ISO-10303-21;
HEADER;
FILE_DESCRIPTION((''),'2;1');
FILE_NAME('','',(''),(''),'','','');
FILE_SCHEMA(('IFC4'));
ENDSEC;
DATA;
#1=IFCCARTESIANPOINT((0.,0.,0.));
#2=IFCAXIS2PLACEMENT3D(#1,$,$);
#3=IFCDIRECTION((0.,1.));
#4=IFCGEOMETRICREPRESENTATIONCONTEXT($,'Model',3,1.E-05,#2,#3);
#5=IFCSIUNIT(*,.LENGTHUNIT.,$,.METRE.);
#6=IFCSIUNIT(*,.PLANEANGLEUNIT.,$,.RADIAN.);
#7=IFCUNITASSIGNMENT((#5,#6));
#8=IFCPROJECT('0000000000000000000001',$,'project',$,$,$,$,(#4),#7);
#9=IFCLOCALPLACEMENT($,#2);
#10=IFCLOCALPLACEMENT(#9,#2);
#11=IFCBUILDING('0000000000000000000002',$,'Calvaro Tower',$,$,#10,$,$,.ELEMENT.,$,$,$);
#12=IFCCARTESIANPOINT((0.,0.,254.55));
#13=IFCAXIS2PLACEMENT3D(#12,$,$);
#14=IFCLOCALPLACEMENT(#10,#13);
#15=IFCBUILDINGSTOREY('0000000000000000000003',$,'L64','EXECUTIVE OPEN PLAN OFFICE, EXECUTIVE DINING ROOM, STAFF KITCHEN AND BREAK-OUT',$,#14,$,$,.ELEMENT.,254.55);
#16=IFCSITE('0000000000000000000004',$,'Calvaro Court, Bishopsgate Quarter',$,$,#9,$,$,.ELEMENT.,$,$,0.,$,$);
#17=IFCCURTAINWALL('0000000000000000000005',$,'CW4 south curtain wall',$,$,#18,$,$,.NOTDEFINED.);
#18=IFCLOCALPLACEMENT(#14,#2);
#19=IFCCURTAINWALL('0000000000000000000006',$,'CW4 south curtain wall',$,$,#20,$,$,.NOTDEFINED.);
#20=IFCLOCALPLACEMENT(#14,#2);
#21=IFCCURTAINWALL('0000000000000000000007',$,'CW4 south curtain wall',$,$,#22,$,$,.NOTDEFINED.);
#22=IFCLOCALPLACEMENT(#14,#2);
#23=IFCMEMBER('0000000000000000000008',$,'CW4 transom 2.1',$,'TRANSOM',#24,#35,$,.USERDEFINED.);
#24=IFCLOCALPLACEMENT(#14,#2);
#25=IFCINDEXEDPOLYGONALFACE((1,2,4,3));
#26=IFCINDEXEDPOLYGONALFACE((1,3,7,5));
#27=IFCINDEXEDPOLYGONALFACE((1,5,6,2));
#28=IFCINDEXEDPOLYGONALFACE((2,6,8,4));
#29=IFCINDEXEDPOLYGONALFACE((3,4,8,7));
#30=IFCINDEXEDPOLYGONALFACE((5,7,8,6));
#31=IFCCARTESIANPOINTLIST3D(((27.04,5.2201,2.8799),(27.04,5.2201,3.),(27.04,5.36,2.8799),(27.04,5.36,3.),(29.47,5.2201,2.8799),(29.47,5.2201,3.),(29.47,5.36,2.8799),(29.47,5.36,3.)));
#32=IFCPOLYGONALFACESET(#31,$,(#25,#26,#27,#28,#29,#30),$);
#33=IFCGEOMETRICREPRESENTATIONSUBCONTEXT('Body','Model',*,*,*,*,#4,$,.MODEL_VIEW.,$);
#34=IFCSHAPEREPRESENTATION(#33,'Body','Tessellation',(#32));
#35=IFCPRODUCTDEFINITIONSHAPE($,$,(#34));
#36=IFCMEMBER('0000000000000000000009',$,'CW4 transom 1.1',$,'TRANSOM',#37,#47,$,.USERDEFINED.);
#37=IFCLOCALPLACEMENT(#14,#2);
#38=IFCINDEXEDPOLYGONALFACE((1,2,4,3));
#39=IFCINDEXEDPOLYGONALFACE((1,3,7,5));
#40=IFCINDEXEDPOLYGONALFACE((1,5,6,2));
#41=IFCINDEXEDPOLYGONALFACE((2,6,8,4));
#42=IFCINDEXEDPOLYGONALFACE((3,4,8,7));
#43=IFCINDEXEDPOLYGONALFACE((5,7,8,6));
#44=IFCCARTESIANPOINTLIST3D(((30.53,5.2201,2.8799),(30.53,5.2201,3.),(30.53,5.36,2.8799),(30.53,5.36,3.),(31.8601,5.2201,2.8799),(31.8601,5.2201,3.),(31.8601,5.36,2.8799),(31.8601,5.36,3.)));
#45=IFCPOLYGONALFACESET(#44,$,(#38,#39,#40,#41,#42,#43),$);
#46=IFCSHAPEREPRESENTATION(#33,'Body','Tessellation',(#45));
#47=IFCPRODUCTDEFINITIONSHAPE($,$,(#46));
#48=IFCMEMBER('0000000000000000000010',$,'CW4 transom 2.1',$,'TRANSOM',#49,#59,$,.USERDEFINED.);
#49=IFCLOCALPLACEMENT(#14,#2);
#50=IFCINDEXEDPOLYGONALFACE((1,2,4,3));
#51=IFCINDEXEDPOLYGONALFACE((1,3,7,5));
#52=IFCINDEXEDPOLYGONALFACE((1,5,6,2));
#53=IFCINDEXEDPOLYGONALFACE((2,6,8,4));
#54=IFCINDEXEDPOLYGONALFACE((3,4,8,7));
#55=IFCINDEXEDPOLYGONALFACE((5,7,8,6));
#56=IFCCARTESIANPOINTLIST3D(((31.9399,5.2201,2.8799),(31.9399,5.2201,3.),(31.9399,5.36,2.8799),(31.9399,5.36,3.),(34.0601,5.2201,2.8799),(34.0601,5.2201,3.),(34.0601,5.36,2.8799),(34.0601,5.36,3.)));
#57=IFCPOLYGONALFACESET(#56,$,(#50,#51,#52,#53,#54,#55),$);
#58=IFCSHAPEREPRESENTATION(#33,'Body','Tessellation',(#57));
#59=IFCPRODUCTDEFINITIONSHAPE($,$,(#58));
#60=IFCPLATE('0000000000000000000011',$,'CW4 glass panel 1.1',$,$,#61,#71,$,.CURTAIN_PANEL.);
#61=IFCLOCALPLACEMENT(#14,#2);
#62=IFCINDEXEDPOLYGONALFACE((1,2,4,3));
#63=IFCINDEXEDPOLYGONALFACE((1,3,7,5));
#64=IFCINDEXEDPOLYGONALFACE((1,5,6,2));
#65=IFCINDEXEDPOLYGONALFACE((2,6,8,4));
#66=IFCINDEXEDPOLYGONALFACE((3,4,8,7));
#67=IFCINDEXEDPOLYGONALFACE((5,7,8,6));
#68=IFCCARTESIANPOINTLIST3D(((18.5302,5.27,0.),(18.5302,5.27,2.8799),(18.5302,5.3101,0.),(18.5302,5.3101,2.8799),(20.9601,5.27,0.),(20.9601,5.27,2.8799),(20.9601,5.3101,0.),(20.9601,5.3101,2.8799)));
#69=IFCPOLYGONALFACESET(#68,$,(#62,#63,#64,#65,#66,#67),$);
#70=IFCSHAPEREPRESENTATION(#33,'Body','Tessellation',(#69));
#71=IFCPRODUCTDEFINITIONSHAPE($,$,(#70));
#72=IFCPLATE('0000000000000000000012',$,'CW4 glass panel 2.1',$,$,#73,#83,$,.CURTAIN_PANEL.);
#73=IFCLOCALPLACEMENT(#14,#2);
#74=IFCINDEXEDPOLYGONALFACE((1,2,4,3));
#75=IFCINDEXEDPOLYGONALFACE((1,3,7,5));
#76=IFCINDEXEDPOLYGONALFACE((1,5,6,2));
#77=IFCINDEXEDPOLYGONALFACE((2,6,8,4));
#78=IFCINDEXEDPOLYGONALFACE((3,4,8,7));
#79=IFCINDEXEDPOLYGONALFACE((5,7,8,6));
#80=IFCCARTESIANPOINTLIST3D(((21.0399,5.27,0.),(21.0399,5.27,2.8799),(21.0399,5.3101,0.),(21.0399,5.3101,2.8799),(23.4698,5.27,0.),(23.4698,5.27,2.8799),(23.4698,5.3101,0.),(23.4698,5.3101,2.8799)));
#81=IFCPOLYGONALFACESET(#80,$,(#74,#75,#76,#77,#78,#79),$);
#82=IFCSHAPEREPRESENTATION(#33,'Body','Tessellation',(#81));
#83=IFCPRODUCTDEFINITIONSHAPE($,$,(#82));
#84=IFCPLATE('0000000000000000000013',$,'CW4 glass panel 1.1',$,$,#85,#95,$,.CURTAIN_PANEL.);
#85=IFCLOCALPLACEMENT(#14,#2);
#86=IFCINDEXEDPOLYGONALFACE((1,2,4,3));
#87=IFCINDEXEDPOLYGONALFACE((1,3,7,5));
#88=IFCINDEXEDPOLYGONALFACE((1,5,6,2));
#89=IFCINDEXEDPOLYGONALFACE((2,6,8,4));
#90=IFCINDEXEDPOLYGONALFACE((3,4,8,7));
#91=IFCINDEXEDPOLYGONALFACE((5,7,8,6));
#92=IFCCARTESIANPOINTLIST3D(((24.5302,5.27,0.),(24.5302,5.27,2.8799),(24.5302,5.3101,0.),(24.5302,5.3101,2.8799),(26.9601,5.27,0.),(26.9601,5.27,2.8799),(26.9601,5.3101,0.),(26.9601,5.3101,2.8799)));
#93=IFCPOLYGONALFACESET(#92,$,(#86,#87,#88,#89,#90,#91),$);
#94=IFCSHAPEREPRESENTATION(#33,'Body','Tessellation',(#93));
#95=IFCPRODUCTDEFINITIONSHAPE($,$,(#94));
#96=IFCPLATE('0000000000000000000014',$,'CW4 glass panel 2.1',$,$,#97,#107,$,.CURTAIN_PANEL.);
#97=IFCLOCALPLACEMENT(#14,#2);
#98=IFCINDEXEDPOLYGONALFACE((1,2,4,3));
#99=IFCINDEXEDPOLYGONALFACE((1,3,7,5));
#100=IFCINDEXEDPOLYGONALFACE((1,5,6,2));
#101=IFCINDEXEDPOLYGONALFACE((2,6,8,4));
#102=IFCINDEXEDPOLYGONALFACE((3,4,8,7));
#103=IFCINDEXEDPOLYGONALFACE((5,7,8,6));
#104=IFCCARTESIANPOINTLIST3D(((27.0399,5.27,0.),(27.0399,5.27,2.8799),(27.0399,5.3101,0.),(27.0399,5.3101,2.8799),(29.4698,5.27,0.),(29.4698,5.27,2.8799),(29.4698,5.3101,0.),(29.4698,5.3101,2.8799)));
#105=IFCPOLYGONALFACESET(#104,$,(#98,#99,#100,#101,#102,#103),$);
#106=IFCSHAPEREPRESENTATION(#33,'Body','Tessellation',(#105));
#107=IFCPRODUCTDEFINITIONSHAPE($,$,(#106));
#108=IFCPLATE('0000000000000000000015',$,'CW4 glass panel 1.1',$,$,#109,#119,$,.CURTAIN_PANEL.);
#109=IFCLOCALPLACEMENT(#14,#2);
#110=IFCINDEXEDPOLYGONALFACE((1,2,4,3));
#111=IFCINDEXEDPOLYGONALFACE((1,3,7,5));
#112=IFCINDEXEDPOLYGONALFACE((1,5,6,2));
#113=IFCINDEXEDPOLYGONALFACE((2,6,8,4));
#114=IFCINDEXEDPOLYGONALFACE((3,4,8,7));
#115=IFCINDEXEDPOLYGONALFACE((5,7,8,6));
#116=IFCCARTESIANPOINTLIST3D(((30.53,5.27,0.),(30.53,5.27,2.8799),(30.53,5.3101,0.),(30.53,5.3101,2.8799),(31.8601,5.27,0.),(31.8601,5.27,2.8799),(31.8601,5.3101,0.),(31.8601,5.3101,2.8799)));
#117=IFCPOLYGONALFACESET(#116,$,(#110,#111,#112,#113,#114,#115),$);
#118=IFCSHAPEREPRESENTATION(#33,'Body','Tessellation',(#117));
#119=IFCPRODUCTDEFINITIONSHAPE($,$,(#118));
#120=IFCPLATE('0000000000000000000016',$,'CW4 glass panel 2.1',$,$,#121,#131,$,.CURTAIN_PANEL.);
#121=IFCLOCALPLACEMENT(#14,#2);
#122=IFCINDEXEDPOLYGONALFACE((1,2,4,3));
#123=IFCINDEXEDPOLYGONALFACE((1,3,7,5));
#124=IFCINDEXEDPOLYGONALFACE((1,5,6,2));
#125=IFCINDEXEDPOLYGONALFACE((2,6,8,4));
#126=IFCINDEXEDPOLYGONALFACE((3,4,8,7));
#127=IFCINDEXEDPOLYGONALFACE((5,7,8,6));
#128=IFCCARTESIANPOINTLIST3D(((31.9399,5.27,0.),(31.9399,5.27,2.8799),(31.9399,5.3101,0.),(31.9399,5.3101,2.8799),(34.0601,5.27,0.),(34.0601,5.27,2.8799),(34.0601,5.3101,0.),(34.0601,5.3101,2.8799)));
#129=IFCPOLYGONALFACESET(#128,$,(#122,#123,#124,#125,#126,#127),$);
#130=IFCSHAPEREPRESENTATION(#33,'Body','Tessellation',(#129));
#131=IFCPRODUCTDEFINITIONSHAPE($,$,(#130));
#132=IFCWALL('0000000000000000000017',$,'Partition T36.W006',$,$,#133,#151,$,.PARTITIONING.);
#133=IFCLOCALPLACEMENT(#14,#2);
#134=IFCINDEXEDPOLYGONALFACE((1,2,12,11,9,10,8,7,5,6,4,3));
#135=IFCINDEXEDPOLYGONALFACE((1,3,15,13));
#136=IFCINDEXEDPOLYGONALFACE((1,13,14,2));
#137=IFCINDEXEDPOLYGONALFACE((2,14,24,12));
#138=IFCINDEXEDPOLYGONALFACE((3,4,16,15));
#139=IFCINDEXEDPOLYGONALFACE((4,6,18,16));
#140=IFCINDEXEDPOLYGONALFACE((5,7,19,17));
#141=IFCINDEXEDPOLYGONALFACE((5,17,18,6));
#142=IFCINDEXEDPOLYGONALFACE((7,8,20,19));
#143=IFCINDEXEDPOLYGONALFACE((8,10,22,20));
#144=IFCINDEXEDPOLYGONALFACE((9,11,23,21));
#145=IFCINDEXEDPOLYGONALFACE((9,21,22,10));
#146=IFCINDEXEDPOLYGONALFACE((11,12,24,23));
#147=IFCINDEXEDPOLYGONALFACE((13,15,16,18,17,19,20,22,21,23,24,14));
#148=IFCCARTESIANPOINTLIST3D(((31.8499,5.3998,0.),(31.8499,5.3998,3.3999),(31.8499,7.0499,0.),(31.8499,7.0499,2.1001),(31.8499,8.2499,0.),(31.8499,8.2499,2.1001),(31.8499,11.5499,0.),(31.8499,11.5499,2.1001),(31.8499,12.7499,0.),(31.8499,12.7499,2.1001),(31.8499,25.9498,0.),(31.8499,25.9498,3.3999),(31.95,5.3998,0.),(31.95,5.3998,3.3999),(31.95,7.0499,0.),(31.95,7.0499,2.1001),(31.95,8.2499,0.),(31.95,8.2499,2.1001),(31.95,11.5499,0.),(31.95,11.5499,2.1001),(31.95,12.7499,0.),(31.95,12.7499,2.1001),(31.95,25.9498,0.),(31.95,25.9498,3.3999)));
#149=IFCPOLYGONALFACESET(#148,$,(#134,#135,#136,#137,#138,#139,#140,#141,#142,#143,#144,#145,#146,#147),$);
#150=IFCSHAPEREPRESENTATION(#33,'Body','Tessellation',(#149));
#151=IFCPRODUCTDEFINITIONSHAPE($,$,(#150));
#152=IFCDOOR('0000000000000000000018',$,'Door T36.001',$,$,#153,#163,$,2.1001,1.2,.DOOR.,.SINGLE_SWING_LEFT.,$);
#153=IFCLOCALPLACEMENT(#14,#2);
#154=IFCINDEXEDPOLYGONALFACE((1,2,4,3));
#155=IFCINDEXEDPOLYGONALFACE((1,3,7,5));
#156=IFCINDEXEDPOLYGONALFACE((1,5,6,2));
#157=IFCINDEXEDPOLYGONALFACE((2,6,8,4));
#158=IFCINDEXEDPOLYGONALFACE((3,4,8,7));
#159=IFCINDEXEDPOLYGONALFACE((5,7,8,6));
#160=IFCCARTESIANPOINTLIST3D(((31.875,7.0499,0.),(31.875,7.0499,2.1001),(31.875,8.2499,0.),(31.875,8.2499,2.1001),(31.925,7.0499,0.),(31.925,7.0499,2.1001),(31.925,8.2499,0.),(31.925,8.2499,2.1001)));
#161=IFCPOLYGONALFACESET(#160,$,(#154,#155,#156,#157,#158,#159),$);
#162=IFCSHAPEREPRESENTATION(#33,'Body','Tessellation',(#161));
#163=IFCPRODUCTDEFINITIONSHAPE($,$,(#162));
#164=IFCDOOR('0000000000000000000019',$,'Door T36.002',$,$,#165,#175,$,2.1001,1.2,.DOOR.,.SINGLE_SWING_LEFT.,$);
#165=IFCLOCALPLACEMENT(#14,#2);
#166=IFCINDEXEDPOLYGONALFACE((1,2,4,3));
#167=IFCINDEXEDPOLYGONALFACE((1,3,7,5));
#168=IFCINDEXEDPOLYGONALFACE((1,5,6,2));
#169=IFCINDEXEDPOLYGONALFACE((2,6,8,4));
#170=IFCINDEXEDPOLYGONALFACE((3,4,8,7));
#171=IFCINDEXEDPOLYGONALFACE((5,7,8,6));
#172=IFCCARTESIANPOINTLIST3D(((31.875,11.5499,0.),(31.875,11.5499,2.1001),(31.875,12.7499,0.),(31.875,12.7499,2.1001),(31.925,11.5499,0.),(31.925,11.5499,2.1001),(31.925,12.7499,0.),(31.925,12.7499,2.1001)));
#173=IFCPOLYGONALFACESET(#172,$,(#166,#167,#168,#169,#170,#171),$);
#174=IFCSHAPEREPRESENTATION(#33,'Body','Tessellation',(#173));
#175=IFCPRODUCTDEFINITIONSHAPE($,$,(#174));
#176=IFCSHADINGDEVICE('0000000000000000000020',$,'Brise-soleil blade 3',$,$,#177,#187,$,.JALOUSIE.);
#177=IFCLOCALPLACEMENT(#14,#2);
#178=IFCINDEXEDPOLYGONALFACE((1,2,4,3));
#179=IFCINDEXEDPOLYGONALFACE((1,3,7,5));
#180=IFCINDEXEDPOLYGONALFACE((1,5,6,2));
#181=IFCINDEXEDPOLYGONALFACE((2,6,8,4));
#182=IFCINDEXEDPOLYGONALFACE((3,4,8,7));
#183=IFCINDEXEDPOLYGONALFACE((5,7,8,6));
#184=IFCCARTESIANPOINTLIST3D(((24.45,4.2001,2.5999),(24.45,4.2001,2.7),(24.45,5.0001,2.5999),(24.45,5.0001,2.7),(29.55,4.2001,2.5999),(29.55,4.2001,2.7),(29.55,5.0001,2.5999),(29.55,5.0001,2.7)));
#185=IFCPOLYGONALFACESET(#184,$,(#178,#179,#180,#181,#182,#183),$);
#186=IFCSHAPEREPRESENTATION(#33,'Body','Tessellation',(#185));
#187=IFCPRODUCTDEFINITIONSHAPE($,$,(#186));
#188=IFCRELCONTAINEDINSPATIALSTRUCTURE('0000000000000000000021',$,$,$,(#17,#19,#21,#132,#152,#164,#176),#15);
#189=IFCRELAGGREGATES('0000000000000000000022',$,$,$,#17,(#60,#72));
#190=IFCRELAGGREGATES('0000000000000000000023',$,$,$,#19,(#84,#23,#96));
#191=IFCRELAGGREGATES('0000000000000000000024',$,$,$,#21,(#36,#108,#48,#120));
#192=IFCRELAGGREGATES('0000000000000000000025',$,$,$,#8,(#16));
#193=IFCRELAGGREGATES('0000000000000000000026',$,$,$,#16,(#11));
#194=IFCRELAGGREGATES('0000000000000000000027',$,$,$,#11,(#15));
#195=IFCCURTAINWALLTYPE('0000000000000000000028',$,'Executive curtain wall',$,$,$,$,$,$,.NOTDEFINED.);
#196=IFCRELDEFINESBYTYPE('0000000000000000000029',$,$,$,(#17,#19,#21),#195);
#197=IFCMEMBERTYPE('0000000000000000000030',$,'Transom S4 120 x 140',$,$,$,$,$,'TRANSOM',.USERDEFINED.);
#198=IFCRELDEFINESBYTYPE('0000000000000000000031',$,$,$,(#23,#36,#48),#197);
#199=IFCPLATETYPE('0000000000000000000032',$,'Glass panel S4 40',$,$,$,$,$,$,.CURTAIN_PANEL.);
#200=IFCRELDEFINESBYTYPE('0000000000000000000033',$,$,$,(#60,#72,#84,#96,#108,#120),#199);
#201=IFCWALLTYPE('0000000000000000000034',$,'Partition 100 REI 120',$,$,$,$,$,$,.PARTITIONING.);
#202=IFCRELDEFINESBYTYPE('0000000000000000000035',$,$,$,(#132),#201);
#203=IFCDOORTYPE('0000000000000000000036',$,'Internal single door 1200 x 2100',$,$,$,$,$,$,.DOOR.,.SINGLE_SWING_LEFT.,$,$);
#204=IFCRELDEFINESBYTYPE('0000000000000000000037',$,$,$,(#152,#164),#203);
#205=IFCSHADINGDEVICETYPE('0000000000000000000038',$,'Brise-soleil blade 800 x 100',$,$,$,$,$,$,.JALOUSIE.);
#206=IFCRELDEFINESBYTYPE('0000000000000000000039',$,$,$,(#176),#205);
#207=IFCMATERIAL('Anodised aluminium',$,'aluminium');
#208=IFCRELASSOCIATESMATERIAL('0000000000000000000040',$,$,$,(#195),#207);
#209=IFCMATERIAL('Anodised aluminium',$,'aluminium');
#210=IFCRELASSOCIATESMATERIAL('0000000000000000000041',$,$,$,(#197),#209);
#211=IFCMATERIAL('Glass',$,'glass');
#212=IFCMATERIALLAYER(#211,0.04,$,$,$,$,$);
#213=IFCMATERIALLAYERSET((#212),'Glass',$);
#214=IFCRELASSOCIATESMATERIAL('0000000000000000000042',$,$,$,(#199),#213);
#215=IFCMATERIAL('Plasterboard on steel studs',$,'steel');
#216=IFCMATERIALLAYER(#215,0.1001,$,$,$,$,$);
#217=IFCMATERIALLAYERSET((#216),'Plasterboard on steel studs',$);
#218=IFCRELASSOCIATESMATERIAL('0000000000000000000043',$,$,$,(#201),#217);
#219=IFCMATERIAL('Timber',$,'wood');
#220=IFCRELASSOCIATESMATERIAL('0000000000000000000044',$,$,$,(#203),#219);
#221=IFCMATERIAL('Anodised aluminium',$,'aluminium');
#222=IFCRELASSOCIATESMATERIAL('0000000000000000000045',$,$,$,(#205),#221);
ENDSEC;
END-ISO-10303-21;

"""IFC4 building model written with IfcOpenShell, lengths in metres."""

from ifc_helpers import new_model, si_unit, direction, frame, frame_2d, origin, origin_2d, place, context, subcontext, project, spatial, rectangle, extrude, material, layer, layer_set, material_profile, profile_set, type_object, element, fill, aggregate, save


model = new_model("IFC4")

# Units and contexts
model_context = context("Model", 3, precision=1e-05, world=origin(), true_north=direction((0.0, 1.0)))
body_context = subcontext(model_context, "Body", "Model", "MODEL_VIEW")
ifc_project = project(units=[si_unit("LENGTHUNIT", "METRE"), si_unit("PLANEANGLEUNIT", "RADIAN")], contexts=[model_context])

# Site, building, storey
site_placement = place(None, origin())
site = spatial("IfcSite", under=ifc_project, at=site_placement, Name="Calvaro Court, Bishopsgate Quarter", CompositionType="ELEMENT", RefElevation=0.0)
building_placement = place(site_placement, origin())
building = spatial("IfcBuilding", under=site, at=building_placement, Name="Calvaro Tower", CompositionType="ELEMENT")
storey_placement = place(building_placement, frame((0.0, 0.0, 254.55)))
storey = spatial("IfcBuildingStorey", under=building, at=storey_placement, Name="L64", Description="EXECUTIVE OPEN PLAN OFFICE, EXECUTIVE DINING ROOM, STAFF KITCHEN AND BREAK-OUT", CompositionType="ELEMENT", Elevation=254.55)

# Curtain walls
ifc_material_1 = material(Name="Anodised aluminium", Category="aluminium")
curtain_wall_type = type_object("IfcCurtainWallType", Name="Executive curtain wall", PredefinedType="NOTDEFINED", material=ifc_material_1)
curtain_wall_1_placement = place(storey_placement, origin())
curtain_wall_1 = element("IfcCurtainWall", 1, at=curtain_wall_1_placement, inside=storey, type_object=curtain_wall_type, Name="CW4 south curtain wall", PredefinedType="NOTDEFINED")
curtain_wall_2_placement = place(storey_placement, origin())
curtain_wall_2 = element("IfcCurtainWall", 2, at=curtain_wall_2_placement, inside=storey, type_object=curtain_wall_type, Name="CW4 south curtain wall", PredefinedType="NOTDEFINED")
curtain_wall_3_placement = place(storey_placement, origin())
curtain_wall_3 = element("IfcCurtainWall", 3, at=curtain_wall_3_placement, inside=storey, type_object=curtain_wall_type, Name="CW4 south curtain wall", PredefinedType="NOTDEFINED")

# Members
ifc_material_2 = material(Name="Anodised aluminium", Category="aluminium")
ifc_material_profile_1 = material_profile(ifc_material_2, rectangle(XDim=0.1399, YDim=0.1201, at=origin_2d()), Name="Transom S4 120 x 140")
ifc_profile_set_1 = profile_set([ifc_material_profile_1], Name="Anodised aluminium")
member_type_1 = type_object("IfcMemberType", Name="Transom S4 120 x 140", ElementType="TRANSOM", PredefinedType="USERDEFINED", material=ifc_profile_set_1)
member_1_placement = place(storey_placement, frame((27.04, 5.29, 2.9399), z_axis=(1.0, 0.0, 0.0), x_axis=(0.0, 1.0, 0.0)))
member_1 = element("IfcMember", 4, at=member_1_placement, type_object=member_type_1, Name="CW4 transom 2.1", ObjectType="TRANSOM", PredefinedType="USERDEFINED", context=body_context, shape_type="SweptSolid", body=[
    extrude(rectangle(XDim=0.1399, YDim=0.1201, at=origin_2d()), origin(), (0.0, 0.0, 1.0), 2.4299),
])
member_2_placement = place(storey_placement, frame((30.53, 5.29, 2.9399), z_axis=(1.0, 0.0, 0.0), x_axis=(0.0, 1.0, 0.0)))
member_2 = element("IfcMember", 5, at=member_2_placement, type_object=member_type_1, Name="CW4 transom 1.1", ObjectType="TRANSOM", PredefinedType="USERDEFINED", context=body_context, shape_type="SweptSolid", body=[
    extrude(rectangle(XDim=0.1399, YDim=0.1201, at=origin_2d()), origin(), (0.0, 0.0, 1.0), 1.3301),
])
member_3_placement = place(storey_placement, frame((31.9399, 5.29, 2.9399), z_axis=(1.0, 0.0, 0.0), x_axis=(0.0, 1.0, 0.0)))
member_3 = element("IfcMember", 6, at=member_3_placement, type_object=member_type_1, Name="CW4 transom 2.1", ObjectType="TRANSOM", PredefinedType="USERDEFINED", context=body_context, shape_type="SweptSolid", body=[
    extrude(rectangle(XDim=0.1399, YDim=0.1201, at=origin_2d()), origin(), (0.0, 0.0, 1.0), 2.1201),
])

# Plates
ifc_material_3 = material(Name="Glass", Category="glass")
ifc_layer_1 = layer(ifc_material_3, 0.04)
ifc_layer_set_1 = layer_set([ifc_layer_1], Name="Glass")
plate_type = type_object("IfcPlateType", Name="Glass panel S4 40", PredefinedType="CURTAIN_PANEL", material=ifc_layer_set_1)
plate_1_placement = place(storey_placement, frame((19.7451, 5.29, 0.0), z_axis=(0.0, 0.0, 1.0), x_axis=(1.0, 0.0, 0.0)))
plate_1 = element("IfcPlate", 7, at=plate_1_placement, type_object=plate_type, Name="CW4 glass panel 1.1", PredefinedType="CURTAIN_PANEL", context=body_context, shape_type="SweptSolid", body=[
    extrude(rectangle(XDim=2.4299, YDim=0.04, at=origin_2d()), origin(), (0.0, 0.0, 1.0), 2.8799),
])
plate_2_placement = place(storey_placement, frame((22.2549, 5.29, 0.0), z_axis=(0.0, 0.0, 1.0), x_axis=(1.0, 0.0, 0.0)))
plate_2 = element("IfcPlate", 8, at=plate_2_placement, type_object=plate_type, Name="CW4 glass panel 2.1", PredefinedType="CURTAIN_PANEL", context=body_context, shape_type="SweptSolid", body=[
    extrude(rectangle(XDim=2.4299, YDim=0.04, at=origin_2d()), origin(), (0.0, 0.0, 1.0), 2.8799),
])
aggregate(curtain_wall_1, [plate_1, plate_2])
plate_3_placement = place(storey_placement, frame((25.7451, 5.29, 0.0), z_axis=(0.0, 0.0, 1.0), x_axis=(1.0, 0.0, 0.0)))
plate_3 = element("IfcPlate", 9, at=plate_3_placement, type_object=plate_type, Name="CW4 glass panel 1.1", PredefinedType="CURTAIN_PANEL", context=body_context, shape_type="SweptSolid", body=[
    extrude(rectangle(XDim=2.4299, YDim=0.04, at=origin_2d()), origin(), (0.0, 0.0, 1.0), 2.8799),
])
plate_4_placement = place(storey_placement, frame((28.2549, 5.29, 0.0), z_axis=(0.0, 0.0, 1.0), x_axis=(1.0, 0.0, 0.0)))
plate_4 = element("IfcPlate", 10, at=plate_4_placement, type_object=plate_type, Name="CW4 glass panel 2.1", PredefinedType="CURTAIN_PANEL", context=body_context, shape_type="SweptSolid", body=[
    extrude(rectangle(XDim=2.4299, YDim=0.04, at=origin_2d()), origin(), (0.0, 0.0, 1.0), 2.8799),
])
aggregate(curtain_wall_2, [plate_3, member_1, plate_4])
plate_5_placement = place(storey_placement, frame((31.1951, 5.29, 0.0), z_axis=(0.0, 0.0, 1.0), x_axis=(1.0, 0.0, 0.0)))
plate_5 = element("IfcPlate", 11, at=plate_5_placement, type_object=plate_type, Name="CW4 glass panel 1.1", PredefinedType="CURTAIN_PANEL", context=body_context, shape_type="SweptSolid", body=[
    extrude(rectangle(XDim=1.3301, YDim=0.04, at=origin_2d()), origin(), (0.0, 0.0, 1.0), 2.8799),
])
plate_6_placement = place(storey_placement, frame((33.0, 5.29, 0.0), z_axis=(0.0, 0.0, 1.0), x_axis=(1.0, 0.0, 0.0)))
plate_6 = element("IfcPlate", 12, at=plate_6_placement, type_object=plate_type, Name="CW4 glass panel 2.1", PredefinedType="CURTAIN_PANEL", context=body_context, shape_type="SweptSolid", body=[
    extrude(rectangle(XDim=2.1201, YDim=0.04, at=origin_2d()), origin(), (0.0, 0.0, 1.0), 2.8799),
])
aggregate(curtain_wall_3, [member_2, plate_5, member_3, plate_6])

# Wall, openings, doors
ifc_material_4 = material(Name="Plasterboard on steel studs", Category="steel")
ifc_layer_2 = layer(ifc_material_4, 0.1001)
ifc_layer_set_2 = layer_set([ifc_layer_2], Name="Plasterboard on steel studs")
wall_type = type_object("IfcWallType", Name="Partition 100 REI 120", PredefinedType="PARTITIONING", material=ifc_layer_set_2)
wall_placement = place(storey_placement, frame((31.8999, 5.3999, 0.0), z_axis=(0.0, 0.0, 1.0), x_axis=(0.0, 1.0, 0.0)))
wall = element("IfcWall", 13, at=wall_placement, inside=storey, type_object=wall_type, Name="Partition T36.W006", PredefinedType="PARTITIONING", context=body_context, shape_type="SweptSolid", body=[
    extrude(rectangle(XDim=20.55, YDim=0.1001, at=frame_2d((10.2749, 0.0))), origin(), (0.0, 0.0, 1.0), 3.3999),
])
opening_1_placement = place(wall_placement, frame((1.6499, 0.0, 0.0)))
opening_1 = element("IfcOpeningElement", 14, at=opening_1_placement, cuts=wall, PredefinedType="OPENING", context=body_context, shape_type="SweptSolid", body=[
    extrude(rectangle(XDim=1.2, YDim=2.1001, at=frame_2d((0.6001, 1.05))), frame((0.0, 0.0601, 0.0), z_axis=(0.0, -1.0, 0.0), x_axis=(1.0, 0.0, 0.0)), (0.0, 0.0, 1.0), 0.1201),
])
opening_2_placement = place(wall_placement, frame((6.1499, 0.0, 0.0)))
opening_2 = element("IfcOpeningElement", 15, at=opening_2_placement, cuts=wall, PredefinedType="OPENING", context=body_context, shape_type="SweptSolid", body=[
    extrude(rectangle(XDim=1.2, YDim=2.1001, at=frame_2d((0.6001, 1.05))), frame((0.0, 0.0601, 0.0), z_axis=(0.0, -1.0, 0.0), x_axis=(1.0, 0.0, 0.0)), (0.0, 0.0, 1.0), 0.1201),
])
ifc_material_5 = material(Name="Timber", Category="wood")
door_type = type_object("IfcDoorType", Name="Internal single door 1200 x 2100", OperationType="SINGLE_SWING_LEFT", PredefinedType="DOOR", material=ifc_material_5)
door_1_placement = place(opening_1_placement, origin())
door_1 = element("IfcDoor", 16, at=door_1_placement, inside=storey, type_object=door_type, Name="Door T36.001", OperationType="SINGLE_SWING_LEFT", OverallHeight=2.1001, OverallWidth=1.2, PredefinedType="DOOR", context=body_context, shape_type="SweptSolid", body=[
    extrude(rectangle(XDim=1.2, YDim=2.1001, at=frame_2d((0.6001, 1.05))), frame((0.0, 0.0249, 0.0), z_axis=(0.0, -1.0, 0.0), x_axis=(1.0, 0.0, 0.0)), (0.0, 0.0, 1.0), 0.05),
])
fill(opening_1, door_1)
door_2_placement = place(opening_2_placement, origin())
door_2 = element("IfcDoor", 17, at=door_2_placement, inside=storey, type_object=door_type, Name="Door T36.002", OperationType="SINGLE_SWING_LEFT", OverallHeight=2.1001, OverallWidth=1.2, PredefinedType="DOOR", context=body_context, shape_type="SweptSolid", body=[
    extrude(rectangle(XDim=1.2, YDim=2.1001, at=frame_2d((0.6001, 1.05))), frame((0.0, 0.0249, 0.0), z_axis=(0.0, -1.0, 0.0), x_axis=(1.0, 0.0, 0.0)), (0.0, 0.0, 1.0), 0.05),
])
fill(opening_2, door_2)

# Shading device
ifc_material_6 = material(Name="Anodised aluminium", Category="aluminium")
ifc_material_profile_2 = material_profile(ifc_material_6, rectangle(XDim=0.8, YDim=0.1001, at=origin_2d()), Name="Brise-soleil blade 800 x 100")
ifc_profile_set_2 = profile_set([ifc_material_profile_2], Name="Anodised aluminium")
shading_device_type_1 = type_object("IfcShadingDeviceType", Name="Brise-soleil blade 800 x 100", PredefinedType="JALOUSIE", material=ifc_profile_set_2)
for number, where, z_axis, x_axis, name in (
    (18, (24.45, 4.6001, 2.6499), (1.0, 0.0, 0.0), (0.0, 1.0, 0.0), "Brise-soleil blade 3"),
):
    element("IfcShadingDevice", number, at=place(storey_placement, frame(where, z_axis=z_axis, x_axis=x_axis)), inside=storey, type_object=shading_device_type_1, Name=name, PredefinedType="JALOUSIE", context=body_context, shape_type="SweptSolid", body=[
        extrude(rectangle(XDim=0.8, YDim=0.1001, at=origin_2d()), origin(), (0.0, 0.0, 1.0), 5.1001),
    ])

save(model, "model.ifc")
